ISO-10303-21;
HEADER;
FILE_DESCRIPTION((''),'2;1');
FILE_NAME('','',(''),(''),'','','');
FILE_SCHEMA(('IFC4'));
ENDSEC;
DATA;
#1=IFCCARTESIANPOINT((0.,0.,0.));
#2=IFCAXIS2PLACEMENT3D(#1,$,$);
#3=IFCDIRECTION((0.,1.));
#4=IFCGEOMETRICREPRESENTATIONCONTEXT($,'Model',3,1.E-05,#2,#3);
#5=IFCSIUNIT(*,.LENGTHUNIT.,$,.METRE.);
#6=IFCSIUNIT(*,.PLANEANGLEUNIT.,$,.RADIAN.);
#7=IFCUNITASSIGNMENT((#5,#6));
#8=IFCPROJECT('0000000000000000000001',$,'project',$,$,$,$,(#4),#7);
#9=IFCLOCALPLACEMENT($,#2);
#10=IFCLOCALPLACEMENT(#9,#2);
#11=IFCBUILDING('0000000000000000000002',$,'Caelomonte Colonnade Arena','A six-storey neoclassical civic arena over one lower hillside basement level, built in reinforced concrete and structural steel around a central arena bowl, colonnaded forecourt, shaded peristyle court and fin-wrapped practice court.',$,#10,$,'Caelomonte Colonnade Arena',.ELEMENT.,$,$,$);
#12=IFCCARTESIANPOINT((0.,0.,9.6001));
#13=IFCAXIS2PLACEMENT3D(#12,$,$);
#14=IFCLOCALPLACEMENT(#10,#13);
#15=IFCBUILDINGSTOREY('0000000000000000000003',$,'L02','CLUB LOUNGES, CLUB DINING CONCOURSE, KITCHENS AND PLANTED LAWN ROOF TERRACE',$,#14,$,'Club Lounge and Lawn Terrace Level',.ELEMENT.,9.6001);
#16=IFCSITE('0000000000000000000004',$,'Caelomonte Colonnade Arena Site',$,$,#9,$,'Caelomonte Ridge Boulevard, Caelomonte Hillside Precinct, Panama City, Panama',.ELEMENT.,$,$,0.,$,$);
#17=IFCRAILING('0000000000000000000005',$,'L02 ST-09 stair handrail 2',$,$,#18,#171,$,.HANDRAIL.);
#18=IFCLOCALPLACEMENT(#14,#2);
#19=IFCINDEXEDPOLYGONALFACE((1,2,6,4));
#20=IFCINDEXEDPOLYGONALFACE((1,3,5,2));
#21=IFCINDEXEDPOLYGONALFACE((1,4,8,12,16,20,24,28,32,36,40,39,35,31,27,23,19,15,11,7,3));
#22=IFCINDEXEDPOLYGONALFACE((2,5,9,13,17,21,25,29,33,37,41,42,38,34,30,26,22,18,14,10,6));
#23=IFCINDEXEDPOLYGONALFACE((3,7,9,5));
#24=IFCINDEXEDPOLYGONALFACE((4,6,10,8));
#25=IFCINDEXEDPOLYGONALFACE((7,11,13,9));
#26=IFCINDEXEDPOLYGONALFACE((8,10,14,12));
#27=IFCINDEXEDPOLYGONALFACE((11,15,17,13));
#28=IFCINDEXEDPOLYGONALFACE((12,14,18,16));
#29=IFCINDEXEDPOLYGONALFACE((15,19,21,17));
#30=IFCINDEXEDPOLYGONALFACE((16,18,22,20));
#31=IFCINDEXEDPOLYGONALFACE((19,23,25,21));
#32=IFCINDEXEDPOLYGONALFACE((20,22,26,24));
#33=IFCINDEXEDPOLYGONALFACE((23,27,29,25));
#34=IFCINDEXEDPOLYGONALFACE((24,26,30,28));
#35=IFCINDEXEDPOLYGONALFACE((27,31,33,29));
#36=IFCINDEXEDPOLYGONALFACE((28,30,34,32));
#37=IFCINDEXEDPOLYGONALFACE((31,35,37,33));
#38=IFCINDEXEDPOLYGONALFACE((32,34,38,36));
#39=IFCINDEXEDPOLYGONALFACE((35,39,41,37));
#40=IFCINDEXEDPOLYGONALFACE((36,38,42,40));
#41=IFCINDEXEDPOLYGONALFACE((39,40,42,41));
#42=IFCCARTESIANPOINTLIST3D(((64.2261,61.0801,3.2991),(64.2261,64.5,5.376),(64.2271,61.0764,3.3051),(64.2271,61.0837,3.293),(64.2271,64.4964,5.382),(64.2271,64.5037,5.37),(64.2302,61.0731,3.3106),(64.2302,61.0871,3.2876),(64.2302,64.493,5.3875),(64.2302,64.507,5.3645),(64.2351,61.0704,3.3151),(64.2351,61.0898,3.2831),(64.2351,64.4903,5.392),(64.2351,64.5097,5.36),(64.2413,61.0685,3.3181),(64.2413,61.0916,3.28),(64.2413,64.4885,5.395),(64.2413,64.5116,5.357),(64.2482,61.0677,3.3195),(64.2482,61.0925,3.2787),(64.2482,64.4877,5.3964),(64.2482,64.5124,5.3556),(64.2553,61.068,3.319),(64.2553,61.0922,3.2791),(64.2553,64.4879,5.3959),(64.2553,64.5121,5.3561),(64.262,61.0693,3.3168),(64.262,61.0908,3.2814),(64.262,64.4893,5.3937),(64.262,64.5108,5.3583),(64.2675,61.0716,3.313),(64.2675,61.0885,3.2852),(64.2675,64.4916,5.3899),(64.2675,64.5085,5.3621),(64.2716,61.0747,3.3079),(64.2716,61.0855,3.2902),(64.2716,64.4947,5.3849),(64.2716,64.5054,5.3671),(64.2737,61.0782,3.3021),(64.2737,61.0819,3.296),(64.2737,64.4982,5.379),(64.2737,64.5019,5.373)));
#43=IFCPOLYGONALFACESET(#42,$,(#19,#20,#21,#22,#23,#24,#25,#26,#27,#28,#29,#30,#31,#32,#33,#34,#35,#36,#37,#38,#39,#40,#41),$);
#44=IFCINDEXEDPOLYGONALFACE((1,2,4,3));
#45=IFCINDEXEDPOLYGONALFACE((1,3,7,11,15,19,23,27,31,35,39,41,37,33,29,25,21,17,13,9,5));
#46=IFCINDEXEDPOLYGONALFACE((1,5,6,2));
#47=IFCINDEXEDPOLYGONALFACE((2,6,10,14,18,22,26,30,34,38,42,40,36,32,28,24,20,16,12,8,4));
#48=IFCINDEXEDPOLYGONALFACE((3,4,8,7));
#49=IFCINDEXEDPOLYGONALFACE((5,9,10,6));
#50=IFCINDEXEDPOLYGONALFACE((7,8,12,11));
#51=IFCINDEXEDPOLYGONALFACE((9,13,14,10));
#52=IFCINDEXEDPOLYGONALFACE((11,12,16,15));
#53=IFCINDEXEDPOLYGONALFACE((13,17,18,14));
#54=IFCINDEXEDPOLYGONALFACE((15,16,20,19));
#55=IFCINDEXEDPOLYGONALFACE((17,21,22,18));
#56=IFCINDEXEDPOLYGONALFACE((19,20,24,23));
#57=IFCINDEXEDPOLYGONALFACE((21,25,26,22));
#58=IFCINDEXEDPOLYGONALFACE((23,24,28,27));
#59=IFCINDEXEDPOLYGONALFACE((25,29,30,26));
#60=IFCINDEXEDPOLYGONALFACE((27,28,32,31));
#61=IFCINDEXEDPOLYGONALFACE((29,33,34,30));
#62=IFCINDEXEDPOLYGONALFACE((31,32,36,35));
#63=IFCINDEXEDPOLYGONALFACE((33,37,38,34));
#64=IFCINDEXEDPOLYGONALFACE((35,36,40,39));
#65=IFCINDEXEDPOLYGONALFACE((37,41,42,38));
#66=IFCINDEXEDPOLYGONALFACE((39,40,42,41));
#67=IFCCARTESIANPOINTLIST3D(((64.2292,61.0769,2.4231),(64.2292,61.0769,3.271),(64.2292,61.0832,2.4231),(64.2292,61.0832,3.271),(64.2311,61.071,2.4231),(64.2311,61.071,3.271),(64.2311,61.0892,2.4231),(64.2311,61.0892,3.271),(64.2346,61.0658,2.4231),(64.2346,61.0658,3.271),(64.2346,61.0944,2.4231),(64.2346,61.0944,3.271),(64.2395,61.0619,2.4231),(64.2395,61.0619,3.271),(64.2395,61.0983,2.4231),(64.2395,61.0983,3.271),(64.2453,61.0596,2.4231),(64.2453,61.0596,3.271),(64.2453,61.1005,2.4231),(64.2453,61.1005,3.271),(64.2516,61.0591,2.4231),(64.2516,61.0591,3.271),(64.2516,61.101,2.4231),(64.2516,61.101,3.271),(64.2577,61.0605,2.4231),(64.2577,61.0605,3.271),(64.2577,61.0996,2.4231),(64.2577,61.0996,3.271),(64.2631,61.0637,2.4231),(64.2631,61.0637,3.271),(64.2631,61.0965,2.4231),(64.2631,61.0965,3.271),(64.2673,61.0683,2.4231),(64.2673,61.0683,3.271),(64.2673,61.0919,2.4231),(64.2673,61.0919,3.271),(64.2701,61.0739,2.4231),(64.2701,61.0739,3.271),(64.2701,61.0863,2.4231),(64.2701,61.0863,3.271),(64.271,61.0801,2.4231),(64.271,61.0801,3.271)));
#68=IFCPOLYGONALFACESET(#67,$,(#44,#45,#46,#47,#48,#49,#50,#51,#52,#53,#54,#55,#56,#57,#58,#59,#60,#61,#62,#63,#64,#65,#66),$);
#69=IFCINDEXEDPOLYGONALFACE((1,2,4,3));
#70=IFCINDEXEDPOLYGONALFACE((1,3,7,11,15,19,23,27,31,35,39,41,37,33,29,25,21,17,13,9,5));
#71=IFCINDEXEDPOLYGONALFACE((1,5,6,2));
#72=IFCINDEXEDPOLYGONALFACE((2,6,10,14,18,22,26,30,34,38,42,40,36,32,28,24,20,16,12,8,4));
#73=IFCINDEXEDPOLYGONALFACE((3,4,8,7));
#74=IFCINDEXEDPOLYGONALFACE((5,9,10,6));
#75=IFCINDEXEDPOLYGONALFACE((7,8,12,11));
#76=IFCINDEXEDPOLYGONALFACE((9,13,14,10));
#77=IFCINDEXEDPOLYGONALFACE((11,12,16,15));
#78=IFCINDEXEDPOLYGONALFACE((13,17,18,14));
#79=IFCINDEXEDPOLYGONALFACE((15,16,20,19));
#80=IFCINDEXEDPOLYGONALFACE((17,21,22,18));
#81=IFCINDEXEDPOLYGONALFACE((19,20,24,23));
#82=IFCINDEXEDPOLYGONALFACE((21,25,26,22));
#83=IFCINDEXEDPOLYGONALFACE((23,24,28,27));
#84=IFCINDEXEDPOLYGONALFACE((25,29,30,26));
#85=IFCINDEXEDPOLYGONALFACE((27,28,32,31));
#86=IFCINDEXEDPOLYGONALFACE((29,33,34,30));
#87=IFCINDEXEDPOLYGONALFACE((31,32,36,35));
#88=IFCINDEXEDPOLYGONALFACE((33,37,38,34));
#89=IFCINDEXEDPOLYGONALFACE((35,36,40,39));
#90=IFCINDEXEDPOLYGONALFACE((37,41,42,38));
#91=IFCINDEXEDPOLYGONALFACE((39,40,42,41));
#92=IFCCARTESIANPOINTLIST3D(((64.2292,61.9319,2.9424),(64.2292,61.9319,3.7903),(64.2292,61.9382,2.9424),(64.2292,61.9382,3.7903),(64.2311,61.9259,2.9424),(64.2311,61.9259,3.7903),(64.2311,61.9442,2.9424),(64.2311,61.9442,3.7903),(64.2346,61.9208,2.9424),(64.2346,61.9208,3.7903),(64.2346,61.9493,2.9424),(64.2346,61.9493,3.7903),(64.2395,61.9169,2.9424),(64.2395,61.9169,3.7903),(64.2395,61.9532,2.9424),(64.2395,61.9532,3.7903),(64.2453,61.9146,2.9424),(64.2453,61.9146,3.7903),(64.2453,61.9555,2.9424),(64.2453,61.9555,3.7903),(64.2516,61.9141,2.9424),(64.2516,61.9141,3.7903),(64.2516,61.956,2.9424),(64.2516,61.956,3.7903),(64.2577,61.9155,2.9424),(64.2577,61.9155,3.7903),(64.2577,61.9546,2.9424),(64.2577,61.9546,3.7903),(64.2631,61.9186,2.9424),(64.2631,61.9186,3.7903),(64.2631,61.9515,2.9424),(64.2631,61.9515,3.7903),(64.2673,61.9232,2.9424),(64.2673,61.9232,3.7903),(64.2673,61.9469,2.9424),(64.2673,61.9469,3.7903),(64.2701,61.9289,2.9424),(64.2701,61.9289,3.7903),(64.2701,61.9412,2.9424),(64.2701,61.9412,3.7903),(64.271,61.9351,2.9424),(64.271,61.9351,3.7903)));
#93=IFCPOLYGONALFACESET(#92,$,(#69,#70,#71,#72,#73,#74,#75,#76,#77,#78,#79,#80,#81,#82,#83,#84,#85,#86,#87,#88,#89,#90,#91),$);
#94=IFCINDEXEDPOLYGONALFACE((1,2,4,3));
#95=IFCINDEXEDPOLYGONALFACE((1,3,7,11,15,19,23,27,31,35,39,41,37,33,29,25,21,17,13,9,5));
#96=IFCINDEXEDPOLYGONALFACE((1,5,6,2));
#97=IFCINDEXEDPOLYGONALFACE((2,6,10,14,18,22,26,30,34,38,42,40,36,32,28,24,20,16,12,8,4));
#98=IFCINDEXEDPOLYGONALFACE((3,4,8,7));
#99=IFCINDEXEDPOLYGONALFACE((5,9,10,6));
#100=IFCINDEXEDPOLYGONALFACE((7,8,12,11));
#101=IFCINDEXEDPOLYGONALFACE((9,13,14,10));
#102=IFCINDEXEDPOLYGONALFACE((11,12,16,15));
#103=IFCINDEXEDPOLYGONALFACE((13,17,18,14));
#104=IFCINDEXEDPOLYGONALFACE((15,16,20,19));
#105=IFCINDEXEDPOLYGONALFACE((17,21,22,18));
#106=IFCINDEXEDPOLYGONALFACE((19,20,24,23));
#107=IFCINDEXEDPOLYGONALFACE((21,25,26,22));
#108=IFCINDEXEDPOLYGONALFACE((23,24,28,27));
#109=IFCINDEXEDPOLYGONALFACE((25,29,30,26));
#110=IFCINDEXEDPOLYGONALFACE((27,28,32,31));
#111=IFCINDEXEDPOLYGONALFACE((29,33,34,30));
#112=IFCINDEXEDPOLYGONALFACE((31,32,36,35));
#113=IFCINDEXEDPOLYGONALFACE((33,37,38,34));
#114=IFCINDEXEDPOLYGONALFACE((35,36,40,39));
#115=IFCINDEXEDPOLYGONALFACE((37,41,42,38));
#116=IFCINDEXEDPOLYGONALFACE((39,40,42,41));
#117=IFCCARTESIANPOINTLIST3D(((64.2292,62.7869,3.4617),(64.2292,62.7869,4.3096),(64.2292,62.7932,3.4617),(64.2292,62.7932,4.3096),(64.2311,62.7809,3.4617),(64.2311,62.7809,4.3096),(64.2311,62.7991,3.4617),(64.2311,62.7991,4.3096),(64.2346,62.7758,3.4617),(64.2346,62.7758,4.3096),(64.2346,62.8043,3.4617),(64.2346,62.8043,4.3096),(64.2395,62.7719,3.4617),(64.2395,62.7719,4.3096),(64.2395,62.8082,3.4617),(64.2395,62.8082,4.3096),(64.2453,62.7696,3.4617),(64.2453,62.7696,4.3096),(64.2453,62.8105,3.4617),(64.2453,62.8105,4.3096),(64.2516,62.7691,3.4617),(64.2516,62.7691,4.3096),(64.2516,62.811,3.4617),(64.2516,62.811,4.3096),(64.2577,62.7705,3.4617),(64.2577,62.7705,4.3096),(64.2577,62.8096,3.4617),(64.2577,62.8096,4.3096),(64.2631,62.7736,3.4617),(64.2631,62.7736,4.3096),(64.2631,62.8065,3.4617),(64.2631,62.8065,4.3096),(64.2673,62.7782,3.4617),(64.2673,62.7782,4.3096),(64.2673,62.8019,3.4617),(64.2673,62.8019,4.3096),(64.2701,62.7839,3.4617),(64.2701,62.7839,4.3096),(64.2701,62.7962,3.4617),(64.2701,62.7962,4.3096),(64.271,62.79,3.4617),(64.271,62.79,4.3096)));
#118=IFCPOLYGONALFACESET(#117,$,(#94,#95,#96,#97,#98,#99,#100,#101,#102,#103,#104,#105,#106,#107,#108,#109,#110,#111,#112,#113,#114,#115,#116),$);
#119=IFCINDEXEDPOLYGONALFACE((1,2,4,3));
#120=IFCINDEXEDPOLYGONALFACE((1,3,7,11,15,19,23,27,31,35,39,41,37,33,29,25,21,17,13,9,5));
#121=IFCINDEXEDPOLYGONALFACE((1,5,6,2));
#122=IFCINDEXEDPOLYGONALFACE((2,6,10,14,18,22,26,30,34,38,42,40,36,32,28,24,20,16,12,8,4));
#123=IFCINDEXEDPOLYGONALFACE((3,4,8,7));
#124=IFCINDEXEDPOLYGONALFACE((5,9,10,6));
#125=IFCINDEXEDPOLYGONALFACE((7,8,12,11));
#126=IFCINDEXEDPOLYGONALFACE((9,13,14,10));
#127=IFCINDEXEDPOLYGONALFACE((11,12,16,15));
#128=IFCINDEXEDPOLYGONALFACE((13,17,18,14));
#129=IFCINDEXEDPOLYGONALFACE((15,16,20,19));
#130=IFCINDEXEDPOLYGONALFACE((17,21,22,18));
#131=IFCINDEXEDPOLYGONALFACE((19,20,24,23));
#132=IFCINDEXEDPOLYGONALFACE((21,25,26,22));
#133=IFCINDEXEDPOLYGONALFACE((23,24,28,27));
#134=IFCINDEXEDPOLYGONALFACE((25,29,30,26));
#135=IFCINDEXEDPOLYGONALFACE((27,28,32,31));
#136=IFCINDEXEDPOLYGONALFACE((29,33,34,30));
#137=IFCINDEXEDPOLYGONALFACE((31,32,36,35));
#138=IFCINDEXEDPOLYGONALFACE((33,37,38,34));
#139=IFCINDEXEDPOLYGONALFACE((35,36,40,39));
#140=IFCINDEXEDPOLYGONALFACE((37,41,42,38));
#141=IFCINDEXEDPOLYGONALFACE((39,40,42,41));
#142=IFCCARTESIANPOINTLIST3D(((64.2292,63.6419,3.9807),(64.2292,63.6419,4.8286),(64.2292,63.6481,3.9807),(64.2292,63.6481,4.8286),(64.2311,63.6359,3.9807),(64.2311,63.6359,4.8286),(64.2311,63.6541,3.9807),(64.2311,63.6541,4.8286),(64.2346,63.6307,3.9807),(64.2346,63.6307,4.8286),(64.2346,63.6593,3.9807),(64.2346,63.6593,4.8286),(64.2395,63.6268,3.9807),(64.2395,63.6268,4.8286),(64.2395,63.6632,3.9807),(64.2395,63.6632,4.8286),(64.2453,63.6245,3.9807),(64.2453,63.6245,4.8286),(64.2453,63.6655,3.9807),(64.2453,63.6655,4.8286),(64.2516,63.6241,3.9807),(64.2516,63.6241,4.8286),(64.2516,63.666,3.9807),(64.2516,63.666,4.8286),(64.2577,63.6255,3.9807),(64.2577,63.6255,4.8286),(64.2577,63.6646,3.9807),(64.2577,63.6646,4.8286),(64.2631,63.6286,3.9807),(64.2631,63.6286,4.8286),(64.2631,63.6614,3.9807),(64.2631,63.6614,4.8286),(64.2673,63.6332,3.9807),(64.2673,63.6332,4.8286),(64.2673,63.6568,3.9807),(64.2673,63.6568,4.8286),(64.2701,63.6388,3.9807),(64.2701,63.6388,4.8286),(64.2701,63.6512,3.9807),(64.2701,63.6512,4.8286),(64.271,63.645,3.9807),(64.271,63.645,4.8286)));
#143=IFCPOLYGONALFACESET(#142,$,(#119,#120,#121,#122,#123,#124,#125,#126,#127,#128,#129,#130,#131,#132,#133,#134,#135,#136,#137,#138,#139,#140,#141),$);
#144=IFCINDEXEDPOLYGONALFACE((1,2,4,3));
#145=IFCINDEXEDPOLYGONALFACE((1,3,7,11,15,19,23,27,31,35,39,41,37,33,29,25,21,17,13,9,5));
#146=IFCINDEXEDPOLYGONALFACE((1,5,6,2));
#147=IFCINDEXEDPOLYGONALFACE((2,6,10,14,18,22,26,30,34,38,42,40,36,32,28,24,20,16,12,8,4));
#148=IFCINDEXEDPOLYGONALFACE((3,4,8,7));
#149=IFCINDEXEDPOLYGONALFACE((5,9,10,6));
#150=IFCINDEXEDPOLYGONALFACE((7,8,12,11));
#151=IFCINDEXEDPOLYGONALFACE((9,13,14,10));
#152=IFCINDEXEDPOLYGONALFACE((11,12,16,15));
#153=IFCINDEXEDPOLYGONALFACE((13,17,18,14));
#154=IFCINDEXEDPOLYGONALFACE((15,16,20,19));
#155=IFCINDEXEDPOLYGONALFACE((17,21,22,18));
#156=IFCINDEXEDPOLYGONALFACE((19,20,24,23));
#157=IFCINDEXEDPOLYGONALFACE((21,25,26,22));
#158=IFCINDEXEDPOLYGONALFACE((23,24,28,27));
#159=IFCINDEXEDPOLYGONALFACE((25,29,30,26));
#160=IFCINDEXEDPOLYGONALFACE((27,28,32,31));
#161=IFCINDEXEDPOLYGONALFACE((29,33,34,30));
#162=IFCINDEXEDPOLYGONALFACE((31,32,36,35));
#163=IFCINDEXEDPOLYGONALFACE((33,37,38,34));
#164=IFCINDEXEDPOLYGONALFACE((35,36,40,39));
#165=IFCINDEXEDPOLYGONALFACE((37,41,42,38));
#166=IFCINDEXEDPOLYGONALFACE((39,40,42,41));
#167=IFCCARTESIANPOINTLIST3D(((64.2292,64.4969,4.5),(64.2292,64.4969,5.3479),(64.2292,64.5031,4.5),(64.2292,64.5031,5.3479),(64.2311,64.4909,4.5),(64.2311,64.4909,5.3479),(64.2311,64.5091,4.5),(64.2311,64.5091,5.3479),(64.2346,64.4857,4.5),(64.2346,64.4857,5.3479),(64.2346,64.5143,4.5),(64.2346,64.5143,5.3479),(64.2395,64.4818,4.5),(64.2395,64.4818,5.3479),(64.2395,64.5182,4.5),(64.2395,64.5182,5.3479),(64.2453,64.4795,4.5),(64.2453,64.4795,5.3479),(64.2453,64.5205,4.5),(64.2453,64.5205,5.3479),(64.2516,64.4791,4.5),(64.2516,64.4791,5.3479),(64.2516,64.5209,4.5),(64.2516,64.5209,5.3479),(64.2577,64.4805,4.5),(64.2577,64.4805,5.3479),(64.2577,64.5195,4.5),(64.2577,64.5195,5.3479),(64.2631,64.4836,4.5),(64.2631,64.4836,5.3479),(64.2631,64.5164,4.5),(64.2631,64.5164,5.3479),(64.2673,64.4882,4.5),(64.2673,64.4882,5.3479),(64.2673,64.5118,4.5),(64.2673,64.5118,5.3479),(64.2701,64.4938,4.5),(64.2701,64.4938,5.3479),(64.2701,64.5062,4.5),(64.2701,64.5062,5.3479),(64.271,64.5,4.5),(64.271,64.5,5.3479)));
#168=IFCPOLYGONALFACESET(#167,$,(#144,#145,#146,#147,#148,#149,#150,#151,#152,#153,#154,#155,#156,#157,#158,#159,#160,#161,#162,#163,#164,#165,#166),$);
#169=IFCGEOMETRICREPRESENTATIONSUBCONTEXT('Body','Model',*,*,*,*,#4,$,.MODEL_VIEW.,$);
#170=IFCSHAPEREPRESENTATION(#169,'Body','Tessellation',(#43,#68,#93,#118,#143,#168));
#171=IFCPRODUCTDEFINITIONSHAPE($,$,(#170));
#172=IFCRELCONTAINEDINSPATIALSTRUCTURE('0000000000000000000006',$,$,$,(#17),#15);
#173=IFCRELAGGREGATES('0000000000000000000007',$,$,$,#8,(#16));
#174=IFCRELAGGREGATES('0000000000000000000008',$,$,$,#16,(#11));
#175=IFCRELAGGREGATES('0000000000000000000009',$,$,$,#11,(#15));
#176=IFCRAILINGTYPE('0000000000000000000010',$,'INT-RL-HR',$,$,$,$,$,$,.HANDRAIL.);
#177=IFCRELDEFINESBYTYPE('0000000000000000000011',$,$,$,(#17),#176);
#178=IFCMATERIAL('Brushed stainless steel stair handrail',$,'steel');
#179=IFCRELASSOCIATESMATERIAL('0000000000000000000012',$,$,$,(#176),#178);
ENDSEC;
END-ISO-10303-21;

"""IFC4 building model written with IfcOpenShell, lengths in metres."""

from ifc_helpers import new_model, si_unit, direction, frame, origin, origin_2d, place, context, subcontext, project, spatial, circle, extrude, material, type_object, element, save


model = new_model("IFC4")

# Units and contexts
model_context = context("Model", 3, precision=1e-05, world=origin(), true_north=direction((0.0, 1.0)))
body_context = subcontext(model_context, "Body", "Model", "MODEL_VIEW")
ifc_project = project(units=[si_unit("LENGTHUNIT", "METRE"), si_unit("PLANEANGLEUNIT", "RADIAN")], contexts=[model_context])

# Site, building, storey
site_placement = place(None, origin())
site = spatial("IfcSite", under=ifc_project, at=site_placement, Name="Caelomonte Colonnade Arena Site", LongName="Caelomonte Ridge Boulevard, Caelomonte Hillside Precinct, Panama City, Panama", CompositionType="ELEMENT", RefElevation=0.0)
building_placement = place(site_placement, origin())
building = spatial("IfcBuilding", under=site, at=building_placement, Name="Caelomonte Colonnade Arena", Description="A six-storey neoclassical civic arena over one lower hillside basement level, built in reinforced concrete and structural steel around a central arena bowl, colonnaded forecourt, shaded peristyle court and fin-wrapped practice court.", LongName="Caelomonte Colonnade Arena", CompositionType="ELEMENT")
storey_placement = place(building_placement, frame((0.0, 0.0, 9.6001)))
storey = spatial("IfcBuildingStorey", under=building, at=storey_placement, Name="L02", Description="CLUB LOUNGES, CLUB DINING CONCOURSE, KITCHENS AND PLANTED LAWN ROOF TERRACE", LongName="Club Lounge and Lawn Terrace Level", CompositionType="ELEMENT", Elevation=9.6001)

# Railing
ifc_material_1 = material(Name="Brushed stainless steel stair handrail", Category="steel")
railing_type_1 = type_object("IfcRailingType", Name="INT-RL-HR", PredefinedType="HANDRAIL", material=ifc_material_1)
railing_1_placement = place(storey_placement, frame((64.25, 61.0801, 2.4231)))
element("IfcRailing", 1, at=railing_1_placement, inside=storey, type_object=railing_type_1, Name="L02 ST-09 stair handrail 2", PredefinedType="HANDRAIL", context=body_context, shape_type="SweptSolid", body=[
    extrude(circle(Radius=0.0239, at=origin_2d()), frame((0.0, 0.0, 0.876), z_axis=(0.0, 0.85473, 0.519074), x_axis=(-1.0, 0.0, 0.0)), (0.0, 0.0, 1.0), 4.0012),
    extrude(circle(Radius=0.021, at=origin_2d()), origin(), (0.0, 0.0, 1.0), 0.8479),
    extrude(circle(Radius=0.021, at=origin_2d()), frame((0.0, 0.855, 0.5193)), (0.0, 0.0, 1.0), 0.8479),
    extrude(circle(Radius=0.021, at=origin_2d()), frame((0.0, 1.71, 1.0386)), (0.0, 0.0, 1.0), 0.8479),
    extrude(circle(Radius=0.021, at=origin_2d()), frame((0.0, 2.5649, 1.5576)), (0.0, 0.0, 1.0), 0.8479),
    extrude(circle(Radius=0.021, at=origin_2d()), frame((0.0, 3.4199, 2.0769)), (0.0, 0.0, 1.0), 0.8479),
])

save(model, "model.ifc")
